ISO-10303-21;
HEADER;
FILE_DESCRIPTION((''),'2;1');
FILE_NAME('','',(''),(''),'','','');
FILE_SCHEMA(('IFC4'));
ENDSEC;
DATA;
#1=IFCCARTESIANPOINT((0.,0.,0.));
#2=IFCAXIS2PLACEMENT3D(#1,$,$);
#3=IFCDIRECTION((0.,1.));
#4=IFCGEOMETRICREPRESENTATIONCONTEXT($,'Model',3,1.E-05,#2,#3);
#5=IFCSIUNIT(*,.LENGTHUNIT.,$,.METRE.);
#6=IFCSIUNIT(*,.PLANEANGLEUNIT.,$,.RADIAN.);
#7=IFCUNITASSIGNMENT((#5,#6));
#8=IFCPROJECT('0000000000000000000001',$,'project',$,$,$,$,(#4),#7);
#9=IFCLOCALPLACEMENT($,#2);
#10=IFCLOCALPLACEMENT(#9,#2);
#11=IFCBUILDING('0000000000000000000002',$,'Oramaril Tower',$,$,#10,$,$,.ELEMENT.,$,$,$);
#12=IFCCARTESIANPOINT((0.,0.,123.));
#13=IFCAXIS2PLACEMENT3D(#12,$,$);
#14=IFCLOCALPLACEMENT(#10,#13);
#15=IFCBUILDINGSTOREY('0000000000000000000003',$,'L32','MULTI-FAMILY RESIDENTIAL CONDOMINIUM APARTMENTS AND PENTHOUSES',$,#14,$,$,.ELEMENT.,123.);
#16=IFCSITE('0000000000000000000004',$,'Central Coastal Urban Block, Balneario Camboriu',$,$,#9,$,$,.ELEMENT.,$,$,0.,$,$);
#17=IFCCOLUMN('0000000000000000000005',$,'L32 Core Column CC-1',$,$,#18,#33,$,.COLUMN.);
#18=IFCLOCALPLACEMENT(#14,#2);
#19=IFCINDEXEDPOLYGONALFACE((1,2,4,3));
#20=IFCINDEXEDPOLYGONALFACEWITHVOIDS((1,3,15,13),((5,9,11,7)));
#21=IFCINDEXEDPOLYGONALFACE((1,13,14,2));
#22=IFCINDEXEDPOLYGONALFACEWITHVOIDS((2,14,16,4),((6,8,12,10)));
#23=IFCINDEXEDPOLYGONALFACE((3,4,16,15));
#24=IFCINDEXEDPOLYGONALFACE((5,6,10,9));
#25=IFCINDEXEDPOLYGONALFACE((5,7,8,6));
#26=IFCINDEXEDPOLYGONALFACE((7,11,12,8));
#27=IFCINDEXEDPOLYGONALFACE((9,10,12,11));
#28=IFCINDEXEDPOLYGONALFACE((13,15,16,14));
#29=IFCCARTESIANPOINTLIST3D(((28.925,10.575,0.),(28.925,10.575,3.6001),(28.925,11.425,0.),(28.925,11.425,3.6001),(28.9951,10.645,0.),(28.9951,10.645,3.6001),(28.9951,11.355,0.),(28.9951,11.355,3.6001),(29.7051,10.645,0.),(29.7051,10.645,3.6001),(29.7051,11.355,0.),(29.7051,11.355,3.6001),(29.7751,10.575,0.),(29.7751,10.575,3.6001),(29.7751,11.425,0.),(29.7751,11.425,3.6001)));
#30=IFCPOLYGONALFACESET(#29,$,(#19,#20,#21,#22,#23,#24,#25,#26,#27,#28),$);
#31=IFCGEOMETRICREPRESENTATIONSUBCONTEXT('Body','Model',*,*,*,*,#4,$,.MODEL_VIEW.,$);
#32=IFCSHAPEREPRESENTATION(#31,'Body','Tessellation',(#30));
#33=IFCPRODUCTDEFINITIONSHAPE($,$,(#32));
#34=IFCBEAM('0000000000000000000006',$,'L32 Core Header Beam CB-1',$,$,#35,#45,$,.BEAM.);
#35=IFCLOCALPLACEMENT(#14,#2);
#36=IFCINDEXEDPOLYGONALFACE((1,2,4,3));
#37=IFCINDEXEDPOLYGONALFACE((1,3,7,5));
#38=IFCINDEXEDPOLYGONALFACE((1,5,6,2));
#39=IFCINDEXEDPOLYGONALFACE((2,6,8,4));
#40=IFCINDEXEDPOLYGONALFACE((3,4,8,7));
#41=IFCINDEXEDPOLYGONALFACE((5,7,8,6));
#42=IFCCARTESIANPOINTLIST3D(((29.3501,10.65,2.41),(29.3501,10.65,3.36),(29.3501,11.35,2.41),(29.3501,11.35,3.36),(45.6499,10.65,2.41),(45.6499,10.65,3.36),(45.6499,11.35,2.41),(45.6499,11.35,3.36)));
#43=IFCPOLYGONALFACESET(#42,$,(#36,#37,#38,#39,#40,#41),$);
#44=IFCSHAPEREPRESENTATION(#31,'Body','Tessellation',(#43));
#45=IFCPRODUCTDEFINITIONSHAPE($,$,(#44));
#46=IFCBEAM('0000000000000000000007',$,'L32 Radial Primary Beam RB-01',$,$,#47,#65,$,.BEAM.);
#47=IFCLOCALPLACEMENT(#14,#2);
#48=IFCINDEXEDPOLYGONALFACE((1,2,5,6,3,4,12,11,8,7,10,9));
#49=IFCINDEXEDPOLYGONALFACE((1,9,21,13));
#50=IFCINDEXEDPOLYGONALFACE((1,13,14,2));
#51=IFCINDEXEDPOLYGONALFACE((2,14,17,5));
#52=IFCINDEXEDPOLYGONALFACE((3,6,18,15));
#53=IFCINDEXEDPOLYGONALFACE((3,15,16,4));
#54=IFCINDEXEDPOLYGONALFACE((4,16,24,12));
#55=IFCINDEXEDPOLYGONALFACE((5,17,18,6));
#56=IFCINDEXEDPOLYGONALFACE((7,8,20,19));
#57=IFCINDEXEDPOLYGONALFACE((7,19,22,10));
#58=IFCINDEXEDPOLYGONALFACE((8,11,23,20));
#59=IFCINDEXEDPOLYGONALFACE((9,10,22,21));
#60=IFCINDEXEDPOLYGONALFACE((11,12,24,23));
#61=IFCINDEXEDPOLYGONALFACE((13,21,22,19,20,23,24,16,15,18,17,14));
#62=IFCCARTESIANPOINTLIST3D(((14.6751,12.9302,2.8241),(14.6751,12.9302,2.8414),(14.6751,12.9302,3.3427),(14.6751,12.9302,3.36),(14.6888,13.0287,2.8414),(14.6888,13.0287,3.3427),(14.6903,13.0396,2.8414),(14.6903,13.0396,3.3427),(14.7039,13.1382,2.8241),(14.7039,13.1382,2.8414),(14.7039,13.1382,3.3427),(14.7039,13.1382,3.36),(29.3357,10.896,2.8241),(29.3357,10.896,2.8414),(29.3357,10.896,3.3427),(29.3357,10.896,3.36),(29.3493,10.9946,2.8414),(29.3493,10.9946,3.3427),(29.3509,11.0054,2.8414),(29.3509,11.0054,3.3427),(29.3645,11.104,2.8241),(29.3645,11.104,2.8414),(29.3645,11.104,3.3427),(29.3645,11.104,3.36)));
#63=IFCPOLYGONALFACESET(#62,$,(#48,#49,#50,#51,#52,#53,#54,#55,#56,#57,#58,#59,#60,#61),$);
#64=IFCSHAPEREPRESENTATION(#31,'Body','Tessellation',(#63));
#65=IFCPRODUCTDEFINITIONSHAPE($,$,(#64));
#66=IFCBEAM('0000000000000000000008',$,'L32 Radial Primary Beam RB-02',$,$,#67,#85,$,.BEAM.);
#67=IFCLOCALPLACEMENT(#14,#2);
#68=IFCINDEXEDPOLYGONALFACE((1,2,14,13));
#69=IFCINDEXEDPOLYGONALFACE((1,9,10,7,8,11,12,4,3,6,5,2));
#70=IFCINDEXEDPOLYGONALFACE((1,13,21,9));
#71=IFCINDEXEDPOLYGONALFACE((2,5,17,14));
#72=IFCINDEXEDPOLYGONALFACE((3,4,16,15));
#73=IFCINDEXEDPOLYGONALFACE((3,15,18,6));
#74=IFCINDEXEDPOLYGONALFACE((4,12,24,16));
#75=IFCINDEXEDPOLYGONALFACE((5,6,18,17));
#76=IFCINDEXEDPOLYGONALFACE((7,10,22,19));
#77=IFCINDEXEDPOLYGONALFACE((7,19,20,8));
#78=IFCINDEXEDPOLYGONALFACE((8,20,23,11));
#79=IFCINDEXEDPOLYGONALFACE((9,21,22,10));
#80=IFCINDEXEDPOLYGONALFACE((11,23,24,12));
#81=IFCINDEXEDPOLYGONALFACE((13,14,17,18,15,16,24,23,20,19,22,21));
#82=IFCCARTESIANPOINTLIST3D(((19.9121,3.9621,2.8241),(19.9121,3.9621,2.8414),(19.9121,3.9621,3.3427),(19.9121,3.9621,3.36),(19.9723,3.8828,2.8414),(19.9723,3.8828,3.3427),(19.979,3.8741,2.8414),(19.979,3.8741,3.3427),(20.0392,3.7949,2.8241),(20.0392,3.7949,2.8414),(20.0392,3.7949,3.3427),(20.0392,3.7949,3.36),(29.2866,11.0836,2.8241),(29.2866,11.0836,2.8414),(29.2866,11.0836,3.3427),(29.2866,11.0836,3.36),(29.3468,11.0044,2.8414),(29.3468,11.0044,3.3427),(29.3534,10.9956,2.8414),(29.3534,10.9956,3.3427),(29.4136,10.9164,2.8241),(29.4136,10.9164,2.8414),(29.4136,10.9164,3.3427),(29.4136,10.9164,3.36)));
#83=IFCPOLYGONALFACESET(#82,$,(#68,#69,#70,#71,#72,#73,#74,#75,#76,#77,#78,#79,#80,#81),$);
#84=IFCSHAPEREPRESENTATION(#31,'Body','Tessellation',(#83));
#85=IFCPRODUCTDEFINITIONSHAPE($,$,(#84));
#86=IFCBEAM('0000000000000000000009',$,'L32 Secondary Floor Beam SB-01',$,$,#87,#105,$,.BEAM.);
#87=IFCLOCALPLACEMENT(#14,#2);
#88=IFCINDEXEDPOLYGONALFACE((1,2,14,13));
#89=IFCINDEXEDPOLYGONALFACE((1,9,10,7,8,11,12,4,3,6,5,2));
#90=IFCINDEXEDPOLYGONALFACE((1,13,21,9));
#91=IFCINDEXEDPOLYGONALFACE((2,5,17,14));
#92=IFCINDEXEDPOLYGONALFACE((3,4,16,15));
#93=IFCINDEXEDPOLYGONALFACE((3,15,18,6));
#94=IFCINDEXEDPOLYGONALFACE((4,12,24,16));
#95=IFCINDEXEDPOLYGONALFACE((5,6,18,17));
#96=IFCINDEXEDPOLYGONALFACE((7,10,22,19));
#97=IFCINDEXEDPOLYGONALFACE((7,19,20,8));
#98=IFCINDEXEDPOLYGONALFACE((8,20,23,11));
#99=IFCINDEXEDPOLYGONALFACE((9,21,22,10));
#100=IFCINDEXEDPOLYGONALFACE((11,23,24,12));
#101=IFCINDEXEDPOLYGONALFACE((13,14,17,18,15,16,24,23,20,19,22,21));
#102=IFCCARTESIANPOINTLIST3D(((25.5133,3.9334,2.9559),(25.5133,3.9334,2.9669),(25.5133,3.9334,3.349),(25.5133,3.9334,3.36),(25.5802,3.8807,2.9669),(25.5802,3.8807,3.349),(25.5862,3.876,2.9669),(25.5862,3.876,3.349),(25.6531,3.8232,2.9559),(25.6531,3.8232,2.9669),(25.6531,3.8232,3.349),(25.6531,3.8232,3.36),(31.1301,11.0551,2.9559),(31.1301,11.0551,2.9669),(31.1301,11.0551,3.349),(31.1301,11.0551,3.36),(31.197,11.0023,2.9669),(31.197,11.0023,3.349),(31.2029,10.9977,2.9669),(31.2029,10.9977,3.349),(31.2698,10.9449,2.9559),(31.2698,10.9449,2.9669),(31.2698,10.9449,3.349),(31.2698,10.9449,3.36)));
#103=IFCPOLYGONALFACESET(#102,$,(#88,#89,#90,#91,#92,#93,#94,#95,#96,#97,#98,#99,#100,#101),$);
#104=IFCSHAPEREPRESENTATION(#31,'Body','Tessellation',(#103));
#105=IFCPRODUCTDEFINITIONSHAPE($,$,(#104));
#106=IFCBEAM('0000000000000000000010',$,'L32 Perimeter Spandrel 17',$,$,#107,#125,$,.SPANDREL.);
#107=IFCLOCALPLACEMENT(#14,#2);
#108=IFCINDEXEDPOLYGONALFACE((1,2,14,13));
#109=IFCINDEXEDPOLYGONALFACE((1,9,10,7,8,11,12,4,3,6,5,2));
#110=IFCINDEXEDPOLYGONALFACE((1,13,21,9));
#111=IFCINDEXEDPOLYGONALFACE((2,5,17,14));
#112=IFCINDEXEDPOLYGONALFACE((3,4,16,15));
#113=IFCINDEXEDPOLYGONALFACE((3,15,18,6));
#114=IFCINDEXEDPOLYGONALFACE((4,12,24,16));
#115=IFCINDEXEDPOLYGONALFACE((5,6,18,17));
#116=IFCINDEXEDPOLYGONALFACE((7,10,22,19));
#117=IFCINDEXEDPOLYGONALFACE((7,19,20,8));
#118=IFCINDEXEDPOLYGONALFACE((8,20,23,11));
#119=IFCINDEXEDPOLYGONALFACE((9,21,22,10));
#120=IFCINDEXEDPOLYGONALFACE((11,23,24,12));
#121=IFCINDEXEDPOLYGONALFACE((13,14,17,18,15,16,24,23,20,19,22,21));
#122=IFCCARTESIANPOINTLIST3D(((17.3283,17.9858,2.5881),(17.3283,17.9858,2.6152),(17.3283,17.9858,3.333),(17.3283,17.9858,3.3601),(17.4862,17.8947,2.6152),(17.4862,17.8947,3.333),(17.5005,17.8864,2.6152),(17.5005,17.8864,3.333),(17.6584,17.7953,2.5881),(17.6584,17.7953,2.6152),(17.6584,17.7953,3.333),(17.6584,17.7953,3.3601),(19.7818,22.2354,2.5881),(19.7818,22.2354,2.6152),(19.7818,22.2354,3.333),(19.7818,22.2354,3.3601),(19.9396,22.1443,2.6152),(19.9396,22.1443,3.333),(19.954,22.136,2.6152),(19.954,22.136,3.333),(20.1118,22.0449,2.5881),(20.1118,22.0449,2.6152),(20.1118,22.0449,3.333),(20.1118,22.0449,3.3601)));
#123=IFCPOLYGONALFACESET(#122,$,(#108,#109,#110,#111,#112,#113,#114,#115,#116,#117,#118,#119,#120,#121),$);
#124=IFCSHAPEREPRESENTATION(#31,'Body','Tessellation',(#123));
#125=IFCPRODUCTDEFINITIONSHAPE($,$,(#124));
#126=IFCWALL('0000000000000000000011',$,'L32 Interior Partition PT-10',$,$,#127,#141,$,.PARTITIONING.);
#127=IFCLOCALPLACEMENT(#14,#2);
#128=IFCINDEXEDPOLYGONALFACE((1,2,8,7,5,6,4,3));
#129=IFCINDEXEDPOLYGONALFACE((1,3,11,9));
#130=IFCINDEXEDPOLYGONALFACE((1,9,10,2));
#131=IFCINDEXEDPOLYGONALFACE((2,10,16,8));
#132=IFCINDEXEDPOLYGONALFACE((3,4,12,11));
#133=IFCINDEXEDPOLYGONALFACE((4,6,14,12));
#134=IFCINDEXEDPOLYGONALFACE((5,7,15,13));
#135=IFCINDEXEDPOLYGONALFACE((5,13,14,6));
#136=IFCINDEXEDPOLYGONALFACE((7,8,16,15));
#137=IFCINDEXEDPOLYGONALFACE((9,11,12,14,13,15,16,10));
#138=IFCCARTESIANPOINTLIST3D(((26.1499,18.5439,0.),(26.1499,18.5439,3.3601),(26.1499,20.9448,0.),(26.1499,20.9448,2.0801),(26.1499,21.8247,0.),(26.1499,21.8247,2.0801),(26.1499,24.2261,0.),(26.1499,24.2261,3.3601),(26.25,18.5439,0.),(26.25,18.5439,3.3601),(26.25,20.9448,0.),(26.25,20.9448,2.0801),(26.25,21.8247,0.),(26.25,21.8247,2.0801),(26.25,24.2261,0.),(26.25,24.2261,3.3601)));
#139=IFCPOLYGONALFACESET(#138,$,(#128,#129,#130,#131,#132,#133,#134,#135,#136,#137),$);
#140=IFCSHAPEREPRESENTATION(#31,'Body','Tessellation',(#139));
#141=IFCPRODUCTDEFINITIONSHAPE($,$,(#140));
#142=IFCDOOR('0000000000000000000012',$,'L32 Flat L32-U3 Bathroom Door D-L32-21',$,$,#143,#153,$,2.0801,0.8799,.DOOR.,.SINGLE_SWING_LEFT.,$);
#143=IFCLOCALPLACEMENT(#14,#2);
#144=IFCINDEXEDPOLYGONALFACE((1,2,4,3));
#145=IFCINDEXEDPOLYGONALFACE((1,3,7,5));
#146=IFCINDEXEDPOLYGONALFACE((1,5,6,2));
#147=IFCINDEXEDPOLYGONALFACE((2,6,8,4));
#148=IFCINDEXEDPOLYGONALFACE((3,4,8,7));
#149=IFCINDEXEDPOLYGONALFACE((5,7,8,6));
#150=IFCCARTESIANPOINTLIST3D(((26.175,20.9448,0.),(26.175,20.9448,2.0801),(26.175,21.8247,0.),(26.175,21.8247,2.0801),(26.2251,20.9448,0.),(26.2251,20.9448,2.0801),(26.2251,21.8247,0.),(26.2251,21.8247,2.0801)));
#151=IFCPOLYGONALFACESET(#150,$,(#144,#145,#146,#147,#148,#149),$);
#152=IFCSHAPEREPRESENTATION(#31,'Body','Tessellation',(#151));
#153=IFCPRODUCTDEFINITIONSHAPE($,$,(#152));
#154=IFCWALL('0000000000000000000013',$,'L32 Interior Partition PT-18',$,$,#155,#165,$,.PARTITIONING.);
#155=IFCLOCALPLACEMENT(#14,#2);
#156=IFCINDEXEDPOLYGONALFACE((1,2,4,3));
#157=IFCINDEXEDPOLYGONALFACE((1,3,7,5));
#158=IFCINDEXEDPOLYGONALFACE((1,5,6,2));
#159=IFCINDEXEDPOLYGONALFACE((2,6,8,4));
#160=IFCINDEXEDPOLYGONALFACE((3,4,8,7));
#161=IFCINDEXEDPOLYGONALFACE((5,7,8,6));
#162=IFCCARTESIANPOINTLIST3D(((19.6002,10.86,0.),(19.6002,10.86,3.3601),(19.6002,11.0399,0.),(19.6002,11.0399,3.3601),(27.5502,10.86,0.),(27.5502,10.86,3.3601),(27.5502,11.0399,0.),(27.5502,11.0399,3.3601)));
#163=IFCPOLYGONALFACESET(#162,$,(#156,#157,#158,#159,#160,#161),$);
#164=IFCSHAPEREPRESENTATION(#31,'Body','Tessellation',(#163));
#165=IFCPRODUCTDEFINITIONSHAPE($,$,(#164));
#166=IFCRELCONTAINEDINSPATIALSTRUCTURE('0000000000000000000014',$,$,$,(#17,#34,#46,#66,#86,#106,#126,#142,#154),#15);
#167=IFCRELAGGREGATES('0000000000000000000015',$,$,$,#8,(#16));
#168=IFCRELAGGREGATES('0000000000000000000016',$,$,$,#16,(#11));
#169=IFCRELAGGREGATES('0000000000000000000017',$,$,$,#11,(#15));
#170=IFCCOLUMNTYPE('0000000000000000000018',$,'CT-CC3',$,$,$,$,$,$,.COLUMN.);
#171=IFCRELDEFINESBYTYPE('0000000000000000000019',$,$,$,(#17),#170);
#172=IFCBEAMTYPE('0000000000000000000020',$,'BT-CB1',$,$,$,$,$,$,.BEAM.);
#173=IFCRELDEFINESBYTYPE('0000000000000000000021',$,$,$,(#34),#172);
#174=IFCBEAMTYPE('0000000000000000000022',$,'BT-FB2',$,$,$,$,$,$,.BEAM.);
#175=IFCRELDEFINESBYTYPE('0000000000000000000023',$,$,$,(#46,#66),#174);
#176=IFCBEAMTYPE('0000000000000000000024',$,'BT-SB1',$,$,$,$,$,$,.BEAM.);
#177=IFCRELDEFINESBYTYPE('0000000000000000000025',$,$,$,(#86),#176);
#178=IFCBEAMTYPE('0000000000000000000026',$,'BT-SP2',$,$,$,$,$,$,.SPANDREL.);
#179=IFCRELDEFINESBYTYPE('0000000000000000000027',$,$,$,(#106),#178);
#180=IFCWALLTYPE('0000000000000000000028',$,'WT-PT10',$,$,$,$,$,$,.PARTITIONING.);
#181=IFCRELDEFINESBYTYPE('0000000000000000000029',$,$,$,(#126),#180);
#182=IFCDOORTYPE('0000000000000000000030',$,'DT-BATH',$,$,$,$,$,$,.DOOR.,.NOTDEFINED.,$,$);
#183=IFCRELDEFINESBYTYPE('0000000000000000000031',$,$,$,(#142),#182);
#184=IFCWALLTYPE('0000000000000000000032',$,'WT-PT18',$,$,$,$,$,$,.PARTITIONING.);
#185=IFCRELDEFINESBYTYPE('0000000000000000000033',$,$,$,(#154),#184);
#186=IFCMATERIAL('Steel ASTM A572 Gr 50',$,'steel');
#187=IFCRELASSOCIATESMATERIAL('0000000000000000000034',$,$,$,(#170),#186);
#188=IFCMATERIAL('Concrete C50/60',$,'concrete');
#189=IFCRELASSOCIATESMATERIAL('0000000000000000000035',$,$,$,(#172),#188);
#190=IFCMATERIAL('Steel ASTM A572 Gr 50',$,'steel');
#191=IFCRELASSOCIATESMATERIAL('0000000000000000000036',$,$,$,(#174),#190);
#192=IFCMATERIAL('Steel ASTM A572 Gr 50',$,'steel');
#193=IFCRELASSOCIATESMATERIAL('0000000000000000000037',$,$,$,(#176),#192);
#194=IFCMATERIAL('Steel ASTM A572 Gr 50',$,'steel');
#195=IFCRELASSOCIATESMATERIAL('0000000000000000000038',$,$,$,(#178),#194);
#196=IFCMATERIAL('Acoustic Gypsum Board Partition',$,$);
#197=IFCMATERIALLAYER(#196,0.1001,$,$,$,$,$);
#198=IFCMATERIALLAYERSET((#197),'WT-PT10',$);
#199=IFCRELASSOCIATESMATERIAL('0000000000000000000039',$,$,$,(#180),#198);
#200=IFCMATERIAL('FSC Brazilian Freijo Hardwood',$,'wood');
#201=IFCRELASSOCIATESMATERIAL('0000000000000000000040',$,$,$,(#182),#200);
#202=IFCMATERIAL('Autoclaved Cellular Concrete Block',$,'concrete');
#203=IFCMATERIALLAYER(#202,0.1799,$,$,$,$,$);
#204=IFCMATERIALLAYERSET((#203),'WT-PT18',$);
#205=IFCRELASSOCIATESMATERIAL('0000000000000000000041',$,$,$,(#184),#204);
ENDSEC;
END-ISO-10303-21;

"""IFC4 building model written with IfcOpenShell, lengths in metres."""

from ifc_helpers import new_model, si_unit, direction, frame, frame_2d, origin, origin_2d, place, context, subcontext, project, spatial, rectangle, hollow_rectangle, i_section, extrude, material, layer, layer_set, material_profile, profile_set, type_object, element, fill, save


model = new_model("IFC4")

# Units and contexts
model_context = context("Model", 3, precision=1e-05, world=origin(), true_north=direction((0.0, 1.0)))
body_context = subcontext(model_context, "Body", "Model", "MODEL_VIEW")
ifc_project = project(units=[si_unit("LENGTHUNIT", "METRE"), si_unit("PLANEANGLEUNIT", "RADIAN")], contexts=[model_context])

# Site, building, storey
site_placement = place(None, origin())
site = spatial("IfcSite", under=ifc_project, at=site_placement, Name="Central Coastal Urban Block, Balneario Camboriu", CompositionType="ELEMENT", RefElevation=0.0)
building_placement = place(site_placement, origin())
building = spatial("IfcBuilding", under=site, at=building_placement, Name="Oramaril Tower", CompositionType="ELEMENT")
storey_placement = place(building_placement, frame((0.0, 0.0, 123.0)))
storey = spatial("IfcBuildingStorey", under=building, at=storey_placement, Name="L32", Description="MULTI-FAMILY RESIDENTIAL CONDOMINIUM APARTMENTS AND PENTHOUSES", CompositionType="ELEMENT", Elevation=123.0)

# Column
ifc_material_1 = material(Name="Steel ASTM A572 Gr 50", Category="steel")
ifc_material_profile_1 = material_profile(ifc_material_1, hollow_rectangle(XDim=0.8501, YDim=0.8501, WallThickness=0.0701, at=origin_2d()), Name="BOX850X850X70")
ifc_profile_set_1 = profile_set([ifc_material_profile_1], Name="Steel ASTM A572 Gr 50")
column_type = type_object("IfcColumnType", Name="CT-CC3", PredefinedType="COLUMN", material=ifc_profile_set_1)
column_placement = place(storey_placement, frame((29.3501, 11.0, 0.0), z_axis=(0.0, 0.0, 1.0), x_axis=(1.0, 0.0, 0.0)))
element("IfcColumn", 1, at=column_placement, inside=storey, type_object=column_type, Name="L32 Core Column CC-1", PredefinedType="COLUMN", context=body_context, shape_type="SweptSolid", body=[
    extrude(hollow_rectangle(XDim=0.8501, YDim=0.8501, WallThickness=0.0701, at=origin_2d()), origin(), (0.0, 0.0, 1.0), 3.6001),
])

# Beams
ifc_material_2 = material(Name="Concrete C50/60", Category="concrete")
ifc_material_profile_2 = material_profile(ifc_material_2, rectangle(XDim=0.7, YDim=0.95, at=origin_2d()), Name="CB700X950")
ifc_profile_set_2 = profile_set([ifc_material_profile_2], Name="Concrete C50/60")
beam_type_1 = type_object("IfcBeamType", Name="BT-CB1", PredefinedType="BEAM", material=ifc_profile_set_2)
beam_1_placement = place(storey_placement, frame((29.3501, 11.0, 2.885), z_axis=(1.0, 0.0, 0.0), x_axis=(0.0, 1.0, 0.0)))
element("IfcBeam", 2, at=beam_1_placement, inside=storey, type_object=beam_type_1, Name="L32 Core Header Beam CB-1", PredefinedType="BEAM", context=body_context, shape_type="SweptSolid", body=[
    extrude(rectangle(XDim=0.7, YDim=0.95, at=origin_2d()), origin(), (0.0, 0.0, 1.0), 16.2998),
])
ifc_material_3 = material(Name="Steel ASTM A572 Gr 50", Category="steel")
ifc_material_profile_3 = material_profile(ifc_material_3, i_section(OverallWidth=0.21, OverallDepth=0.5359, WebThickness=0.011, FlangeThickness=0.0173, at=origin_2d()), Name="W21X68")
ifc_profile_set_3 = profile_set([ifc_material_profile_3], Name="Steel ASTM A572 Gr 50")
beam_type_2 = type_object("IfcBeamType", Name="BT-FB2", PredefinedType="BEAM", material=ifc_profile_set_3)
beam_2_placement = place(storey_placement, frame((29.3501, 11.0, 3.092), z_axis=(-0.990511, 0.137434, 0.0), x_axis=(-0.137434, -0.990511, 0.0)))
element("IfcBeam", 3, at=beam_2_placement, inside=storey, type_object=beam_type_2, Name="L32 Radial Primary Beam RB-01", PredefinedType="BEAM", context=body_context, shape_type="SweptSolid", body=[
    extrude(i_section(OverallWidth=0.21, OverallDepth=0.5359, WebThickness=0.011, FlangeThickness=0.0173, at=origin_2d()), origin(), (0.0, 0.0, 1.0), 14.801),
])
beam_3_placement = place(storey_placement, frame((29.3501, 11.0, 3.092), z_axis=(-0.796287, -0.604919, 0.0), x_axis=(0.604919, -0.796287, 0.0)))
element("IfcBeam", 4, at=beam_3_placement, inside=storey, type_object=beam_type_2, Name="L32 Radial Primary Beam RB-02", PredefinedType="BEAM", context=body_context, shape_type="SweptSolid", body=[
    extrude(i_section(OverallWidth=0.21, OverallDepth=0.5359, WebThickness=0.011, FlangeThickness=0.0173, at=origin_2d()), origin(), (0.0, 0.0, 1.0), 11.7727),
])
ifc_material_4 = material(Name="Steel ASTM A572 Gr 50", Category="steel")
ifc_material_profile_4 = material_profile(ifc_material_4, i_section(OverallWidth=0.178, OverallDepth=0.4041, WebThickness=0.0076, FlangeThickness=0.011, at=origin_2d()), Name="W16X36")
ifc_profile_set_4 = profile_set([ifc_material_profile_4], Name="Steel ASTM A572 Gr 50")
beam_type_3 = type_object("IfcBeamType", Name="BT-SB1", PredefinedType="BEAM", material=ifc_profile_set_4)
beam_4_placement = place(storey_placement, frame((31.2, 11.0, 3.158), z_axis=(-0.619264, -0.785183, 0.0), x_axis=(0.785183, -0.619264, 0.0)))
element("IfcBeam", 5, at=beam_4_placement, inside=storey, type_object=beam_type_3, Name="L32 Secondary Floor Beam SB-01", PredefinedType="BEAM", context=body_context, shape_type="SweptSolid", body=[
    extrude(i_section(OverallWidth=0.178, OverallDepth=0.4041, WebThickness=0.0076, FlangeThickness=0.011, at=origin_2d()), origin(), (0.0, 0.0, 1.0), 9.0701),
])
ifc_material_5 = material(Name="Steel ASTM A572 Gr 50", Category="steel")
ifc_material_profile_5 = material_profile(ifc_material_5, i_section(OverallWidth=0.3811, OverallDepth=0.772, WebThickness=0.0166, FlangeThickness=0.0271, at=origin_2d()), Name="W30X173")
ifc_profile_set_5 = profile_set([ifc_material_profile_5], Name="Steel ASTM A572 Gr 50")
beam_type_4 = type_object("IfcBeamType", Name="BT-SP2", PredefinedType="SPANDREL", material=ifc_profile_set_5)
beam_5_placement = place(storey_placement, frame((19.9468, 22.1401, 2.9741), z_axis=(-0.499987, -0.866033, 0.0), x_axis=(0.866033, -0.499987, 0.0)))
element("IfcBeam", 6, at=beam_5_placement, inside=storey, type_object=beam_type_4, Name="L32 Perimeter Spandrel 17", PredefinedType="SPANDREL", context=body_context, shape_type="SweptSolid", body=[
    extrude(i_section(OverallWidth=0.3811, OverallDepth=0.772, WebThickness=0.0166, FlangeThickness=0.0271, at=origin_2d()), origin(), (0.0, 0.0, 1.0), 4.907),
])

# Wall, opening, door
ifc_material_6 = material(Name="Acoustic Gypsum Board Partition")
ifc_layer_1 = layer(ifc_material_6, 0.1001)
ifc_layer_set_1 = layer_set([ifc_layer_1], Name="WT-PT10")
wall_type_1 = type_object("IfcWallType", Name="WT-PT10", PredefinedType="PARTITIONING", material=ifc_layer_set_1)
wall_1_placement = place(storey_placement, frame((26.2, 18.5439, 0.0), z_axis=(0.0, 0.0, 1.0), x_axis=(0.0, 1.0, 0.0)))
wall_1 = element("IfcWall", 7, at=wall_1_placement, inside=storey, type_object=wall_type_1, Name="L32 Interior Partition PT-10", PredefinedType="PARTITIONING", context=body_context, shape_type="SweptSolid", body=[
    extrude(rectangle(XDim=5.6821, YDim=0.1001, at=frame_2d((2.8411, 0.0))), origin(), (0.0, 0.0, 1.0), 3.3601),
])
opening_1_placement = place(wall_1_placement, frame((2.4009, 0.0, 0.0)))
opening_1 = element("IfcOpeningElement", 8, at=opening_1_placement, cuts=wall_1, PredefinedType="OPENING", context=body_context, shape_type="SweptSolid", body=[
    extrude(rectangle(XDim=0.8799, YDim=2.0801, at=frame_2d((0.4399, 1.04))), frame((0.0, 0.05, 0.0), z_axis=(0.0, -1.0, 0.0), x_axis=(1.0, 0.0, 0.0)), (0.0, 0.0, 1.0), 0.1001),
])
ifc_material_7 = material(Name="FSC Brazilian Freijo Hardwood", Category="wood")
door_type_1 = type_object("IfcDoorType", Name="DT-BATH", OperationType="NOTDEFINED", PredefinedType="DOOR", material=ifc_material_7)
door_1_placement = place(opening_1_placement, origin())
door_1 = element("IfcDoor", 9, at=door_1_placement, inside=storey, type_object=door_type_1, Name="L32 Flat L32-U3 Bathroom Door D-L32-21", OperationType="SINGLE_SWING_LEFT", OverallHeight=2.0801, OverallWidth=0.8799, PredefinedType="DOOR", context=body_context, shape_type="SweptSolid", body=[
    extrude(rectangle(XDim=0.8799, YDim=2.0801, at=frame_2d((0.4399, 1.04))), frame((0.0, 0.0249, 0.0), z_axis=(0.0, -1.0, 0.0), x_axis=(1.0, 0.0, 0.0)), (0.0, 0.0, 1.0), 0.05),
])
fill(opening_1, door_1)

# Wall
ifc_material_8 = material(Name="Autoclaved Cellular Concrete Block", Category="concrete")
ifc_layer_2 = layer(ifc_material_8, 0.1799)
ifc_layer_set_2 = layer_set([ifc_layer_2], Name="WT-PT18")
wall_type_2 = type_object("IfcWallType", Name="WT-PT18", PredefinedType="PARTITIONING", material=ifc_layer_set_2)
wall_2_placement = place(storey_placement, frame((19.6001, 10.95, 0.0), z_axis=(0.0, 0.0, 1.0), x_axis=(1.0, 0.0, 0.0)))
element("IfcWall", 10, at=wall_2_placement, inside=storey, type_object=wall_type_2, Name="L32 Interior Partition PT-18", PredefinedType="PARTITIONING", context=body_context, shape_type="SweptSolid", body=[
    extrude(rectangle(XDim=7.95, YDim=0.1799, at=frame_2d((3.9751, 0.0))), origin(), (0.0, 0.0, 1.0), 3.3601),
])

save(model, "model.ifc")
